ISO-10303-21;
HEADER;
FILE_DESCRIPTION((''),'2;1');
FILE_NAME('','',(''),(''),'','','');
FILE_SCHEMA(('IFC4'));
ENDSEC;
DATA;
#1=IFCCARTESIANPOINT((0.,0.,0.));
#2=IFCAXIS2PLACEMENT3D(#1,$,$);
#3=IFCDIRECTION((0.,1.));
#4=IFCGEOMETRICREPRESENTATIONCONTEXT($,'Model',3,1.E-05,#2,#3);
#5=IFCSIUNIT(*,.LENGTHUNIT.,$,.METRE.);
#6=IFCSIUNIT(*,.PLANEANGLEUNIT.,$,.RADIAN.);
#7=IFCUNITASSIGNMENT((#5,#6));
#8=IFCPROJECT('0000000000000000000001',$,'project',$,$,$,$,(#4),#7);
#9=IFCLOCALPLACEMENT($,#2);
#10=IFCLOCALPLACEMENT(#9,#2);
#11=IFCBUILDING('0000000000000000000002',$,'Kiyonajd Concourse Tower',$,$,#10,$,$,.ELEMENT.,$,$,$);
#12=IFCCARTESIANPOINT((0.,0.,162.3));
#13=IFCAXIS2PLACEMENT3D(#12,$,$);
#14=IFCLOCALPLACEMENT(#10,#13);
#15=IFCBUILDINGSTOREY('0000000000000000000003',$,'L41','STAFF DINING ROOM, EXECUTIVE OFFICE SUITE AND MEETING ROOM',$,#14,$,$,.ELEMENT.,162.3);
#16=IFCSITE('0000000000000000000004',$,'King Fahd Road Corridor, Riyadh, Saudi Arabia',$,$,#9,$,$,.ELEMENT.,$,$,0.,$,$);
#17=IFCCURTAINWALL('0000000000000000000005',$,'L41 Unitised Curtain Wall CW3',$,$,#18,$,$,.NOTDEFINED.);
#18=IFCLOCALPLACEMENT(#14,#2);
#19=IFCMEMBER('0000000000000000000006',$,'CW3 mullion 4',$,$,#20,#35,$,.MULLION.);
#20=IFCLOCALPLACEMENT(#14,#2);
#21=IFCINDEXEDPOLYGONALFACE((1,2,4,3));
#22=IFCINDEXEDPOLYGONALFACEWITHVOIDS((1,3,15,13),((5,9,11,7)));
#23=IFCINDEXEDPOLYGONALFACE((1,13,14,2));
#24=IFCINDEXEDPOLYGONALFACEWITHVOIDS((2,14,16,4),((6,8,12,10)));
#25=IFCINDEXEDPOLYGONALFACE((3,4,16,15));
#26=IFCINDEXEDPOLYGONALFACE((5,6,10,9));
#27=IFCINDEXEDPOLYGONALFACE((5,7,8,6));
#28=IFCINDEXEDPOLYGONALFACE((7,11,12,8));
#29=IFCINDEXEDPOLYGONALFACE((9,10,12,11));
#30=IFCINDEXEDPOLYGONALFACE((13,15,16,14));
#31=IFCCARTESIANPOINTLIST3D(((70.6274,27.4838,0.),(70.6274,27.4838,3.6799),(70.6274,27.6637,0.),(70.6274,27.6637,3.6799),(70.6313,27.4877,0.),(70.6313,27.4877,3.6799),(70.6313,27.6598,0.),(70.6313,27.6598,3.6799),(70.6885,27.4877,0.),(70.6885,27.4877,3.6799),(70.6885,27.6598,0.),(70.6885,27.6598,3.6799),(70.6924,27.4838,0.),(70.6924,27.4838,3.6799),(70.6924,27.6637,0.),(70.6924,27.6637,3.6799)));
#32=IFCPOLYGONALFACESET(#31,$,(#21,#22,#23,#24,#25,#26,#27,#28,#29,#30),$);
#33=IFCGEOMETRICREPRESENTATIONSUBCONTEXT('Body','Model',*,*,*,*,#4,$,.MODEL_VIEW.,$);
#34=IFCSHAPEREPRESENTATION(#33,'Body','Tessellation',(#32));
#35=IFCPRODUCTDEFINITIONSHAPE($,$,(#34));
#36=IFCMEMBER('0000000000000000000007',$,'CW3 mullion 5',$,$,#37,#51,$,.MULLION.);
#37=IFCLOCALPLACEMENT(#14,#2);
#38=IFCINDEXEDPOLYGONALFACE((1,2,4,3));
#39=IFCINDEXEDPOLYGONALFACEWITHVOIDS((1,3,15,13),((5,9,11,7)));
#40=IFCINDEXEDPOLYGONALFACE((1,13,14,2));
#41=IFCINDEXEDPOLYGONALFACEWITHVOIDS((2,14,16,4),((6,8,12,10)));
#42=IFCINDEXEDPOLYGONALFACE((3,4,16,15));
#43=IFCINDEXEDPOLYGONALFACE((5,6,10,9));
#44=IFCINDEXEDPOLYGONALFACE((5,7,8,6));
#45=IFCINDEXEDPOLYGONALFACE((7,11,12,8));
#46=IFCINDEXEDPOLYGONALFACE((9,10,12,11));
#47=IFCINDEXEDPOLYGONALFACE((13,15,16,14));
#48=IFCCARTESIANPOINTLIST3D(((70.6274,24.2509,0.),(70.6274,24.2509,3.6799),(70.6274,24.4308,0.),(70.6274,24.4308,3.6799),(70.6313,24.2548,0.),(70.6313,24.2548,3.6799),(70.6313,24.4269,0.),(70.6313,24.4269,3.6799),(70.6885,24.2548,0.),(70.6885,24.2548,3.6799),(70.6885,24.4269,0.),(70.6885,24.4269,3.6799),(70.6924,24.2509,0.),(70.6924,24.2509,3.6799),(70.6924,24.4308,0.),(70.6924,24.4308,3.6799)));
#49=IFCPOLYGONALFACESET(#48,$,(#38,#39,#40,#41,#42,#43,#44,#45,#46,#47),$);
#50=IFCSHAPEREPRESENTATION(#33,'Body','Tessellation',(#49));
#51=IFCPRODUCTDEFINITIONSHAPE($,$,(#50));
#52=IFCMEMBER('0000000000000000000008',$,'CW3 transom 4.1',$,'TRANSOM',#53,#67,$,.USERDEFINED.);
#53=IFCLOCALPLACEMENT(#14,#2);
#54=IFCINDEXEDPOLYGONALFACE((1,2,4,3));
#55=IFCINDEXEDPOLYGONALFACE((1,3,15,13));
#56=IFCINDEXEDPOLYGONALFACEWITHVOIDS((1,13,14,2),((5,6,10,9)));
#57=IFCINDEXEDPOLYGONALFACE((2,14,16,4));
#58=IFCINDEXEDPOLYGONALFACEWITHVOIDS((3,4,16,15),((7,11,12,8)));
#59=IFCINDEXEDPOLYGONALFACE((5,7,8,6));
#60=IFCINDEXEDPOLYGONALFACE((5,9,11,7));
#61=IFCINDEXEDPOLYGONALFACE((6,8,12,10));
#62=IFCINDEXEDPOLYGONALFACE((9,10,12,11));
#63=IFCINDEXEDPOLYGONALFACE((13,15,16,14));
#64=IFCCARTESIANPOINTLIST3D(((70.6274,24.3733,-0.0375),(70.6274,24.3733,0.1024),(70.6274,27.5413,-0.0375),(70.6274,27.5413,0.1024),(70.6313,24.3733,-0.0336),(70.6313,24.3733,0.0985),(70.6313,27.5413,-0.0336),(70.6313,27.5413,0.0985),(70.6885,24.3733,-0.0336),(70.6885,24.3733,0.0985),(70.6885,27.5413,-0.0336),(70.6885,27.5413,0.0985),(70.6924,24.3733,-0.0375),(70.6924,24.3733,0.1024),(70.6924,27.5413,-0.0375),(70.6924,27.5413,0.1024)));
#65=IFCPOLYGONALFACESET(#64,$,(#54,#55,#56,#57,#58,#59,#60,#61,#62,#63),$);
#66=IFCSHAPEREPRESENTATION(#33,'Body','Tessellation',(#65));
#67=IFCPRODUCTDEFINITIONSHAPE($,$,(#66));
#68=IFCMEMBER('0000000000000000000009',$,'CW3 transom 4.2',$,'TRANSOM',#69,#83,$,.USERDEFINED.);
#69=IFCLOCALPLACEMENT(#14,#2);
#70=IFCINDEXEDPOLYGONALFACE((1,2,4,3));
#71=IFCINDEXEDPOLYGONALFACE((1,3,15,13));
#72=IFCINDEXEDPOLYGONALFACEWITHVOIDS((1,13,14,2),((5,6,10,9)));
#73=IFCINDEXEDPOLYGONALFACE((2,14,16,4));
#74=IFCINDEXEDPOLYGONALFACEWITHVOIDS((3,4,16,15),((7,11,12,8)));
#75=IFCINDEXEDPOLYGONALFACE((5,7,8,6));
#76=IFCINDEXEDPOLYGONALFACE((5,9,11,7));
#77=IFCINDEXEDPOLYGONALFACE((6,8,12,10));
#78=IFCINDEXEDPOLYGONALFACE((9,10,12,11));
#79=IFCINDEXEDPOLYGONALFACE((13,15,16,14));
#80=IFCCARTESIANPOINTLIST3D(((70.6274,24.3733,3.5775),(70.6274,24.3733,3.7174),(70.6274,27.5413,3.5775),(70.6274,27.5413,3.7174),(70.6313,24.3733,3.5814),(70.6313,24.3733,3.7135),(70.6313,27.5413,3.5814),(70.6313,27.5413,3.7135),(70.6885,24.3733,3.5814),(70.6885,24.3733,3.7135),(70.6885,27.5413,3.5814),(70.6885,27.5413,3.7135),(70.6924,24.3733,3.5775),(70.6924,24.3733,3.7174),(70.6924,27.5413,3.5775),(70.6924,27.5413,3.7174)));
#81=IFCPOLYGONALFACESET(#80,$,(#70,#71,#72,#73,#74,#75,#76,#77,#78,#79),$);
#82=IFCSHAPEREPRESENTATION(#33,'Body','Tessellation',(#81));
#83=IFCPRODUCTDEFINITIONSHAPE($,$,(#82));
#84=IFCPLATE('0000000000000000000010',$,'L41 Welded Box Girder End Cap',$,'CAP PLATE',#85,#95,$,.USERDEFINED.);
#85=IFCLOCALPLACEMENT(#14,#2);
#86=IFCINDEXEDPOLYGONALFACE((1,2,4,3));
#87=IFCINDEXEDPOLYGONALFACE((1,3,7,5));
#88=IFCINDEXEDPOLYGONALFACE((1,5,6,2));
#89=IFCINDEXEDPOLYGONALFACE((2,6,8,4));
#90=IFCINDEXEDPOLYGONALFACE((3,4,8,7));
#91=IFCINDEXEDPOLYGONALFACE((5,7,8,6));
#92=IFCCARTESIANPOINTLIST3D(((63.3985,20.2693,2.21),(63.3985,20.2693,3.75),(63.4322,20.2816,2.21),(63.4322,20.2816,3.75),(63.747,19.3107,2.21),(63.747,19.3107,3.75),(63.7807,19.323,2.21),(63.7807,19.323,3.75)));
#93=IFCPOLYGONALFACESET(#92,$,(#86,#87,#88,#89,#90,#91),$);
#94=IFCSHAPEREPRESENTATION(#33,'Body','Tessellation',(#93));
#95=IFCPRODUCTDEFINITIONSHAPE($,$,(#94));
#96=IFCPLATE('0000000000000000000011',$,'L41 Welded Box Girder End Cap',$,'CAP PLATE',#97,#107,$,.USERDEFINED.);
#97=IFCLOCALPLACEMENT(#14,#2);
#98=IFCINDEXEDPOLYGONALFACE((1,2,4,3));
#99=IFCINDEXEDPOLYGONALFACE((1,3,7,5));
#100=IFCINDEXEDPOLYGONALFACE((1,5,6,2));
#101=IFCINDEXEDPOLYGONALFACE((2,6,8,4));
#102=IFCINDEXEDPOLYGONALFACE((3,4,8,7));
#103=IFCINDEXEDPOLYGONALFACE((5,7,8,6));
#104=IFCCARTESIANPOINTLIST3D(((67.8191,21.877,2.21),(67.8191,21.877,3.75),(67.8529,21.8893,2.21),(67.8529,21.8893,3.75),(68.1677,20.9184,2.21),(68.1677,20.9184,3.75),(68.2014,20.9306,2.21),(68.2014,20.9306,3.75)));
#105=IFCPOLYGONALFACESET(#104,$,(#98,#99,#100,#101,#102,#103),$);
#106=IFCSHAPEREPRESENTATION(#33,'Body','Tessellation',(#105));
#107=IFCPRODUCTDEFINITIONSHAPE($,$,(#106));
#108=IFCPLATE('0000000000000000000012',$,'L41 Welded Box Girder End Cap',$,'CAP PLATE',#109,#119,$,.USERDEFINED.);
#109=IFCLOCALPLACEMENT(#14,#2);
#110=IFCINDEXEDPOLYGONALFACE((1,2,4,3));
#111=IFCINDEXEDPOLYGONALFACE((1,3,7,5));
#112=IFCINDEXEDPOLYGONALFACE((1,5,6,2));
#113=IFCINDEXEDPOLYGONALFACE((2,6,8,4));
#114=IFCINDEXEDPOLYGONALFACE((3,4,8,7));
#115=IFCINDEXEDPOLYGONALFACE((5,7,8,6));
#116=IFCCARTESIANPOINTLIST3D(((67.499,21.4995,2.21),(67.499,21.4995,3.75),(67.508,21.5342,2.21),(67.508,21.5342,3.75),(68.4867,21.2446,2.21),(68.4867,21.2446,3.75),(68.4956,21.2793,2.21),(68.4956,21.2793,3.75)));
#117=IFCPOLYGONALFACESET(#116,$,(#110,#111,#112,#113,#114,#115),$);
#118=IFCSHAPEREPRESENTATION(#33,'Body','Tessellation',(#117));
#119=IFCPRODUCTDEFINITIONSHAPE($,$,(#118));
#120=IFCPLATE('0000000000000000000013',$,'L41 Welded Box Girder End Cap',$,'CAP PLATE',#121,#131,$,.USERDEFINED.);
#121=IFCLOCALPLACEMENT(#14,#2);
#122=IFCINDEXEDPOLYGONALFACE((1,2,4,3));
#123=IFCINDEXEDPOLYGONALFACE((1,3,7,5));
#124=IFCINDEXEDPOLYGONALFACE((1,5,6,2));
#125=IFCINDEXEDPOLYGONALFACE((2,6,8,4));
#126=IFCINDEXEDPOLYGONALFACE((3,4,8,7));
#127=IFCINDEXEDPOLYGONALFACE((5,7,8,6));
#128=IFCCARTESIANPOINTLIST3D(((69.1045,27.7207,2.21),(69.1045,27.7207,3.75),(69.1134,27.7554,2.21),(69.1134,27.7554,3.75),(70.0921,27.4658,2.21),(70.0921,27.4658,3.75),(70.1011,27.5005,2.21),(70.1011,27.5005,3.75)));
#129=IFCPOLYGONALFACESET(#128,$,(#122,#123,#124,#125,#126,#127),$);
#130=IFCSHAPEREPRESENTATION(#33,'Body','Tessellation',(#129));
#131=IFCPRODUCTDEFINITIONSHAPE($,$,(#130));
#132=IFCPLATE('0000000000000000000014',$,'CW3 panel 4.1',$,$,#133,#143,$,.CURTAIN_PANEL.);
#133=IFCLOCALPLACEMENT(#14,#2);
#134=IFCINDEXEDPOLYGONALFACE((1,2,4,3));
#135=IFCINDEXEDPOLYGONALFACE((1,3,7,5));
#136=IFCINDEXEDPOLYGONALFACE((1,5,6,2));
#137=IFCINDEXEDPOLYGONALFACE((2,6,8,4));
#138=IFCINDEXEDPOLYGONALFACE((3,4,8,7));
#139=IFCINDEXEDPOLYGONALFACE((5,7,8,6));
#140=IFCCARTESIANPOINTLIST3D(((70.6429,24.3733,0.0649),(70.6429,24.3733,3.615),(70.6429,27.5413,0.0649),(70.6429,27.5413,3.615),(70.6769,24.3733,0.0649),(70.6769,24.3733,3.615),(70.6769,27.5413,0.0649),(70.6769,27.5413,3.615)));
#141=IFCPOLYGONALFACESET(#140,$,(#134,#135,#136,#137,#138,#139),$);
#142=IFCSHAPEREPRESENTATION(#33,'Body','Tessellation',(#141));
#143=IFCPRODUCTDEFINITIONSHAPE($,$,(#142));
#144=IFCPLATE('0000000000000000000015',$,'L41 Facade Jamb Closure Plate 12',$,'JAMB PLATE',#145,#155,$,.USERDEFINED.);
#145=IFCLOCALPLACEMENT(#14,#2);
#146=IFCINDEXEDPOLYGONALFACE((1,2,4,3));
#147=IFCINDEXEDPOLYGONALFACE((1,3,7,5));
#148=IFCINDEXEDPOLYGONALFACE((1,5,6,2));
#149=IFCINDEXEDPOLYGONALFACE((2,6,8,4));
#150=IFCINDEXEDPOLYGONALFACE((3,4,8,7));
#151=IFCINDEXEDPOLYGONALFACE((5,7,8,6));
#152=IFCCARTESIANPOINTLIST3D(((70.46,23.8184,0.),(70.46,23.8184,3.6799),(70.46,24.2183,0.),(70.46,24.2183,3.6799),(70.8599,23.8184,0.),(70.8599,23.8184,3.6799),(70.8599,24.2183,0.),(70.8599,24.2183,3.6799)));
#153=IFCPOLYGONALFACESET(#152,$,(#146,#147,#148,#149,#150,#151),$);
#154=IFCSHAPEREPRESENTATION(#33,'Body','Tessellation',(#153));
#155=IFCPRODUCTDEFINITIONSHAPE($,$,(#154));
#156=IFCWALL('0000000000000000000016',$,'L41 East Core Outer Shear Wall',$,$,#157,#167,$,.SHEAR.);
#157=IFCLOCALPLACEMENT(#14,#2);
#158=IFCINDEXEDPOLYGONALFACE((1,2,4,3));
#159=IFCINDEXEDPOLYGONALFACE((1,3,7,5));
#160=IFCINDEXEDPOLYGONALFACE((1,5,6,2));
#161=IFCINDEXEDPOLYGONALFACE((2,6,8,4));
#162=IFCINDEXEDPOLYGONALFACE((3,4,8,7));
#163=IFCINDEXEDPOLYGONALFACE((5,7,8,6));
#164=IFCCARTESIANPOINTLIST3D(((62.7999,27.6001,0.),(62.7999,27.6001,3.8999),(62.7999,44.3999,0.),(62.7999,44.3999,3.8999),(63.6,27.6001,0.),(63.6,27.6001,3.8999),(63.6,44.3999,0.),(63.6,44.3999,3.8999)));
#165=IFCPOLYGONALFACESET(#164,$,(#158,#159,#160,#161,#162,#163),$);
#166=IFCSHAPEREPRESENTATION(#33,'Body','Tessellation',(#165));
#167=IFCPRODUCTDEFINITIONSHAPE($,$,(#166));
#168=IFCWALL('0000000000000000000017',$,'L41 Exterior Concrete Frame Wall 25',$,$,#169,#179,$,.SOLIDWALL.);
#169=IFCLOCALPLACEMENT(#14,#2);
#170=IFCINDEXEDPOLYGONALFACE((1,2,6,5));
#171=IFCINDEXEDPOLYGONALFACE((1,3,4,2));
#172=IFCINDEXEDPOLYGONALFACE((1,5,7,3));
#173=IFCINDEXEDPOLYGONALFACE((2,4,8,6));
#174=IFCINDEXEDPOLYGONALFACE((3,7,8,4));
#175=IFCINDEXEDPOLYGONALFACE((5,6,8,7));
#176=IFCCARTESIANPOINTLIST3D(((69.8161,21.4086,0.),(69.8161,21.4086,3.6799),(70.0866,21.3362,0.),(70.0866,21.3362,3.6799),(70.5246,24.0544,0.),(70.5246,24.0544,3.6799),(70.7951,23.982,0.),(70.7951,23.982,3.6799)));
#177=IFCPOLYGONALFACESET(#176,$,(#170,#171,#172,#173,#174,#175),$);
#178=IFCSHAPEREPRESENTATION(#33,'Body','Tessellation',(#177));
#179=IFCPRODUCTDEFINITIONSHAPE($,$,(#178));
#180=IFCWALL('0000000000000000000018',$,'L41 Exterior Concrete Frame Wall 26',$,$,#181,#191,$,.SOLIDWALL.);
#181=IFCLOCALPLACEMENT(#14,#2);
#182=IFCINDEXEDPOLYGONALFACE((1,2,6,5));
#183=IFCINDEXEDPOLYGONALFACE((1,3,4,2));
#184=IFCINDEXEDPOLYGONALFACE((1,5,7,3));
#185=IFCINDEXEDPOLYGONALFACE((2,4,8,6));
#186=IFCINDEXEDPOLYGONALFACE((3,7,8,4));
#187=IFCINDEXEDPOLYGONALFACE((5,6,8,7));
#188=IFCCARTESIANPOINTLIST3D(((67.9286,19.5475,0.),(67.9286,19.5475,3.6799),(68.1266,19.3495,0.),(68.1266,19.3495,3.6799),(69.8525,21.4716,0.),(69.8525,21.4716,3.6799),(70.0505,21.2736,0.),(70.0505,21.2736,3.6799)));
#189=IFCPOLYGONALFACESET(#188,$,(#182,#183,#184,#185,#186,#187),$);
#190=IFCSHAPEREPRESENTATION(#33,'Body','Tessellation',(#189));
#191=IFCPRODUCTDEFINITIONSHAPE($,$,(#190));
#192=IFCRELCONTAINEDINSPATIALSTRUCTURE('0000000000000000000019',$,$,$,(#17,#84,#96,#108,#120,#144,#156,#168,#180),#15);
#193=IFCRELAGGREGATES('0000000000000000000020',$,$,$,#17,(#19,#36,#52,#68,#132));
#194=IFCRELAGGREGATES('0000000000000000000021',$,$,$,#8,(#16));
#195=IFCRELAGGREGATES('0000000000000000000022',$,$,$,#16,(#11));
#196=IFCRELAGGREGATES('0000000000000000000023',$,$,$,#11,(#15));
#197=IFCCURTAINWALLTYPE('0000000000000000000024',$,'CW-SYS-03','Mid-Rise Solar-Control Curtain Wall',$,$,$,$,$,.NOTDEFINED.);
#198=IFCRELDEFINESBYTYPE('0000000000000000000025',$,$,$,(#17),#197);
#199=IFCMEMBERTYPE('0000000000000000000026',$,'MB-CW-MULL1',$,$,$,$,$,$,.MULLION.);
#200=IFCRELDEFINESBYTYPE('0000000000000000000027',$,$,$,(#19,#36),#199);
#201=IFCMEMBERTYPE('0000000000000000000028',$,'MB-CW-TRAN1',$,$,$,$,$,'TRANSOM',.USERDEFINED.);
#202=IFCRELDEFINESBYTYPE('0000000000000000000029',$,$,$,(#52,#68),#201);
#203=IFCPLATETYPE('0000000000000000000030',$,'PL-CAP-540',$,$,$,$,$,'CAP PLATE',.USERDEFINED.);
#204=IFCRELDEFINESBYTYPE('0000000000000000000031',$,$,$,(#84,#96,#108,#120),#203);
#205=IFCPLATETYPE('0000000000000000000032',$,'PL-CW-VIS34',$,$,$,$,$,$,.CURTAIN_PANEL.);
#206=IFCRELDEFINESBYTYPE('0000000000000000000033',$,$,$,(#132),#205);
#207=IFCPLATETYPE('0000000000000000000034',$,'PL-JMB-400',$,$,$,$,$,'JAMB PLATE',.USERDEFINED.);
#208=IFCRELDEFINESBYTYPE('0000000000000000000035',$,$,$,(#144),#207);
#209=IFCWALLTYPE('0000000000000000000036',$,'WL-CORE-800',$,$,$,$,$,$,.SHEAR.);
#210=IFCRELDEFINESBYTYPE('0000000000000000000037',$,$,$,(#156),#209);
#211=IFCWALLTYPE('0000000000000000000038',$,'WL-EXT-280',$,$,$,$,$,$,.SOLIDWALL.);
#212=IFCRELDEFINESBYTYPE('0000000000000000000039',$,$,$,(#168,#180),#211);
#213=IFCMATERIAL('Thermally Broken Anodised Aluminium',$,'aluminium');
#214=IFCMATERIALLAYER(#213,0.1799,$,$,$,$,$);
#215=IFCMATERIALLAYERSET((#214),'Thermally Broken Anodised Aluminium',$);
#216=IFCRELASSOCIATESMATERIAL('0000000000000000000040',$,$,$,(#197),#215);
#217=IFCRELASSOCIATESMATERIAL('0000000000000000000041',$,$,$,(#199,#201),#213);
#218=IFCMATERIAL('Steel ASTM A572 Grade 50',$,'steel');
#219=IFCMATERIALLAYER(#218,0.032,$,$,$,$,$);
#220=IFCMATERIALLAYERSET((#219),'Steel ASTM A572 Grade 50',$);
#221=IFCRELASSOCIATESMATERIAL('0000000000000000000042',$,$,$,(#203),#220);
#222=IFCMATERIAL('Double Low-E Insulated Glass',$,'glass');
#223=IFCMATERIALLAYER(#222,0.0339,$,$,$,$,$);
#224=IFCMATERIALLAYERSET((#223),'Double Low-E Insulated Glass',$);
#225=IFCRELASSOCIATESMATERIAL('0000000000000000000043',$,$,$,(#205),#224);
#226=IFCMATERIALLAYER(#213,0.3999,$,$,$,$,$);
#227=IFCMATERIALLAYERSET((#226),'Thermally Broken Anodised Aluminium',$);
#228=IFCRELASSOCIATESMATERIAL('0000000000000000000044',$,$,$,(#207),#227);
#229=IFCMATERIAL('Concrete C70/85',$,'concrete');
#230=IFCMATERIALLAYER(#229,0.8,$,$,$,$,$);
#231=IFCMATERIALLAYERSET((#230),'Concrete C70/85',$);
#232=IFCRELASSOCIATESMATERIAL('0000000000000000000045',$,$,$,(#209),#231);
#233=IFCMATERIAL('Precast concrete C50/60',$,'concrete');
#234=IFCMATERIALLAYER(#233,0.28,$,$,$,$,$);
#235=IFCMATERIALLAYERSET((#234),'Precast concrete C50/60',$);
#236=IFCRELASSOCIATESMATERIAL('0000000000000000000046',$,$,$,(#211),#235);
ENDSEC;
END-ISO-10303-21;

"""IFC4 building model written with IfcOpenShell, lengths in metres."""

from ifc_helpers import new_model, si_unit, direction, frame, frame_2d, origin, origin_2d, place, context, subcontext, project, spatial, rectangle, hollow_rectangle, extrude, material, layer, layer_set, material_profile, profile_set, type_object, element, aggregate, save


model = new_model("IFC4")

# Units and contexts
model_context = context("Model", 3, precision=1e-05, world=origin(), true_north=direction((0.0, 1.0)))
body_context = subcontext(model_context, "Body", "Model", "MODEL_VIEW")
ifc_project = project(units=[si_unit("LENGTHUNIT", "METRE"), si_unit("PLANEANGLEUNIT", "RADIAN")], contexts=[model_context])

# Site, building, storey
site_placement = place(None, origin())
site = spatial("IfcSite", under=ifc_project, at=site_placement, Name="King Fahd Road Corridor, Riyadh, Saudi Arabia", CompositionType="ELEMENT", RefElevation=0.0)
building_placement = place(site_placement, origin())
building = spatial("IfcBuilding", under=site, at=building_placement, Name="Kiyonajd Concourse Tower", CompositionType="ELEMENT")
storey_placement = place(building_placement, frame((0.0, 0.0, 162.3)))
storey = spatial("IfcBuildingStorey", under=building, at=storey_placement, Name="L41", Description="STAFF DINING ROOM, EXECUTIVE OFFICE SUITE AND MEETING ROOM", CompositionType="ELEMENT", Elevation=162.3)

# Shared definitions
ifc_material_1 = material(Name="Concrete C70/85", Category="concrete")

# Shared definitions
ifc_material_2 = material(Name="Steel ASTM A572 Grade 50", Category="steel")

# Curtain wall, members
ifc_material_3 = material(Name="Thermally Broken Anodised Aluminium", Category="aluminium")
ifc_layer_1 = layer(ifc_material_3, 0.1799)
ifc_layer_set_1 = layer_set([ifc_layer_1], Name="Thermally Broken Anodised Aluminium")
curtain_wall_type = type_object("IfcCurtainWallType", Name="CW-SYS-03", Description="Mid-Rise Solar-Control Curtain Wall", PredefinedType="NOTDEFINED", material=ifc_layer_set_1)
curtain_wall_placement = place(storey_placement, origin())
curtain_wall = element("IfcCurtainWall", 1, at=curtain_wall_placement, inside=storey, type_object=curtain_wall_type, Name="L41 Unitised Curtain Wall CW3", PredefinedType="NOTDEFINED")
ifc_material_profile_1 = material_profile(ifc_material_3, hollow_rectangle(XDim=0.0649, YDim=0.1799, WallThickness=0.0039, at=origin_2d()), Name="MULL-65x180")
ifc_profile_set_1 = profile_set([ifc_material_profile_1], Name="Thermally Broken Anodised Aluminium")
member_type_1 = type_object("IfcMemberType", Name="MB-CW-MULL1", PredefinedType="MULLION", material=ifc_profile_set_1)
member_1_placement = place(storey_placement, frame((70.6599, 27.5737, 0.0), z_axis=(0.0, 0.0, 1.0), x_axis=(1.0, 0.0, 0.0)))
member_1 = element("IfcMember", 2, at=member_1_placement, type_object=member_type_1, Name="CW3 mullion 4", PredefinedType="MULLION", context=body_context, shape_type="SweptSolid", body=[
    extrude(hollow_rectangle(XDim=0.0649, YDim=0.1799, WallThickness=0.0039, at=origin_2d()), origin(), (0.0, 0.0, 1.0), 3.6799),
])
member_2_placement = place(storey_placement, frame((70.6599, 24.3408, 0.0), z_axis=(0.0, 0.0, 1.0), x_axis=(1.0, 0.0, 0.0)))
member_2 = element("IfcMember", 3, at=member_2_placement, type_object=member_type_1, Name="CW3 mullion 5", PredefinedType="MULLION", context=body_context, shape_type="SweptSolid", body=[
    extrude(hollow_rectangle(XDim=0.0649, YDim=0.1799, WallThickness=0.0039, at=origin_2d()), origin(), (0.0, 0.0, 1.0), 3.6799),
])
ifc_material_profile_2 = material_profile(ifc_material_3, hollow_rectangle(XDim=0.0649, YDim=0.1399, WallThickness=0.0039, at=origin_2d()), Name="TRAN-65x140")
ifc_profile_set_2 = profile_set([ifc_material_profile_2], Name="Thermally Broken Anodised Aluminium")
member_type_2 = type_object("IfcMemberType", Name="MB-CW-TRAN1", ElementType="TRANSOM", PredefinedType="USERDEFINED", material=ifc_profile_set_2)
member_3_placement = place(storey_placement, frame((70.6599, 27.5413, 0.0325), z_axis=(0.0, -1.0, 0.0), x_axis=(1.0, 0.0, 0.0)))
member_3 = element("IfcMember", 4, at=member_3_placement, type_object=member_type_2, Name="CW3 transom 4.1", ObjectType="TRANSOM", PredefinedType="USERDEFINED", context=body_context, shape_type="SweptSolid", body=[
    extrude(hollow_rectangle(XDim=0.0649, YDim=0.1399, WallThickness=0.0039, at=origin_2d()), origin(), (0.0, 0.0, 1.0), 3.168),
])
member_4_placement = place(storey_placement, frame((70.6599, 27.5413, 3.6475), z_axis=(0.0, -1.0, 0.0), x_axis=(1.0, 0.0, 0.0)))
member_4 = element("IfcMember", 5, at=member_4_placement, type_object=member_type_2, Name="CW3 transom 4.2", ObjectType="TRANSOM", PredefinedType="USERDEFINED", context=body_context, shape_type="SweptSolid", body=[
    extrude(hollow_rectangle(XDim=0.0649, YDim=0.1399, WallThickness=0.0039, at=origin_2d()), origin(), (0.0, 0.0, 1.0), 3.168),
])

# Plates
ifc_layer_2 = layer(ifc_material_2, 0.032)
ifc_layer_set_2 = layer_set([ifc_layer_2], Name="Steel ASTM A572 Grade 50")
plate_type_1 = type_object("IfcPlateType", Name="PL-CAP-540", ElementType="CAP PLATE", PredefinedType="USERDEFINED", material=ifc_layer_set_2)
for number, where, z_axis, x_axis, name in (
    (6, (63.5896, 19.7961, 2.21), (0.0, 0.0, 1.0), (-0.939812, -0.341692, 0.0), "L41 Welded Box Girder End Cap"),
    (7, (68.0103, 21.4038, 2.21), (0.0, 0.0, 1.0), (0.939812, 0.341692, 0.0), "L41 Welded Box Girder End Cap"),
    (8, (67.9973, 21.3894, 2.21), (0.0, 0.0, 1.0), (-0.249873, -0.968279, 0.0), "L41 Welded Box Girder End Cap"),
    (9, (69.6028, 27.6106, 2.21), (0.0, 0.0, 1.0), (0.249873, 0.968279, 0.0), "L41 Welded Box Girder End Cap"),
):
    element("IfcPlate", number, at=place(storey_placement, frame(where, z_axis=z_axis, x_axis=x_axis)), inside=storey, type_object=plate_type_1, Name=name, ObjectType="CAP PLATE", PredefinedType="USERDEFINED", context=body_context, shape_type="SweptSolid", body=[
        extrude(rectangle(XDim=0.0359, YDim=1.02, at=origin_2d()), origin(), (0.0, 0.0, 1.0), 1.54),
    ])

# Plates
ifc_material_4 = material(Name="Double Low-E Insulated Glass", Category="glass")
ifc_layer_3 = layer(ifc_material_4, 0.0339)
ifc_layer_set_3 = layer_set([ifc_layer_3], Name="Double Low-E Insulated Glass")
plate_type_2 = type_object("IfcPlateType", Name="PL-CW-VIS34", PredefinedType="CURTAIN_PANEL", material=ifc_layer_set_3)
plate_1_placement = place(storey_placement, frame((70.6599, 25.9573, 0.0649), z_axis=(0.0, 0.0, 1.0), x_axis=(0.0, -1.0, 0.0)))
plate_1 = element("IfcPlate", 10, at=plate_1_placement, type_object=plate_type_2, Name="CW3 panel 4.1", PredefinedType="CURTAIN_PANEL", context=body_context, shape_type="SweptSolid", body=[
    extrude(rectangle(XDim=3.168, YDim=0.0339, at=origin_2d()), origin(), (0.0, 0.0, 1.0), 3.55),
])
aggregate(curtain_wall, [member_1, member_2, member_3, member_4, plate_1])
ifc_layer_4 = layer(ifc_material_3, 0.3999)
ifc_layer_set_4 = layer_set([ifc_layer_4], Name="Thermally Broken Anodised Aluminium")
plate_type_3 = type_object("IfcPlateType", Name="PL-JMB-400", ElementType="JAMB PLATE", PredefinedType="USERDEFINED", material=ifc_layer_set_4)
plate_2_placement = place(storey_placement, frame((70.6599, 24.0183, 0.0), z_axis=(0.0, 0.0, 1.0), x_axis=(1.0, 0.0, 0.0)))
element("IfcPlate", 11, at=plate_2_placement, inside=storey, type_object=plate_type_3, Name="L41 Facade Jamb Closure Plate 12", ObjectType="JAMB PLATE", PredefinedType="USERDEFINED", context=body_context, shape_type="SweptSolid", body=[
    extrude(rectangle(XDim=0.3999, YDim=0.3999, at=origin_2d()), origin(), (0.0, 0.0, 1.0), 3.6799),
])

# Walls
ifc_layer_5 = layer(ifc_material_1, 0.8)
ifc_layer_set_5 = layer_set([ifc_layer_5], Name="Concrete C70/85")
wall_type_1 = type_object("IfcWallType", Name="WL-CORE-800", PredefinedType="SHEAR", material=ifc_layer_set_5)
wall_1_placement = place(storey_placement, frame((63.2, 27.6001, 0.0), z_axis=(0.0, 0.0, 1.0), x_axis=(0.0, 1.0, 0.0)))
element("IfcWall", 12, at=wall_1_placement, inside=storey, type_object=wall_type_1, Name="L41 East Core Outer Shear Wall", PredefinedType="SHEAR", context=body_context, shape_type="SweptSolid", body=[
    extrude(rectangle(XDim=16.7998, YDim=0.8, at=frame_2d((8.3999, 0.0))), origin(), (0.0, 0.0, 1.0), 3.8999),
])
ifc_material_5 = material(Name="Precast concrete C50/60", Category="concrete")
ifc_layer_6 = layer(ifc_material_5, 0.28)
ifc_layer_set_6 = layer_set([ifc_layer_6], Name="Precast concrete C50/60")
wall_type_2 = type_object("IfcWallType", Name="WL-EXT-280", PredefinedType="SOLIDWALL", material=ifc_layer_set_6)
wall_2_placement = place(storey_placement, frame((70.6599, 24.0183, 0.0), z_axis=(0.0, 0.0, 1.0), x_axis=(-0.258672, -0.965965, 0.0)))
element("IfcWall", 13, at=wall_2_placement, inside=storey, type_object=wall_type_2, Name="L41 Exterior Concrete Frame Wall 25", PredefinedType="SOLIDWALL", context=body_context, shape_type="SweptSolid", body=[
    extrude(rectangle(XDim=2.739, YDim=0.28, at=frame_2d((1.3696, 0.0))), origin(), (0.0, 0.0, 1.0), 3.6799),
])
wall_3_placement = place(storey_placement, frame((69.9514, 21.3726, 0.0), z_axis=(0.0, 0.0, 1.0), x_axis=(-0.707062, -0.707152, 0.0)))
element("IfcWall", 14, at=wall_3_placement, inside=storey, type_object=wall_type_2, Name="L41 Exterior Concrete Frame Wall 26", PredefinedType="SOLIDWALL", context=body_context, shape_type="SweptSolid", body=[
    extrude(rectangle(XDim=2.7209, YDim=0.28, at=frame_2d((1.3604, 0.0))), origin(), (0.0, 0.0, 1.0), 3.6799),
])

save(model, "model.ifc")
